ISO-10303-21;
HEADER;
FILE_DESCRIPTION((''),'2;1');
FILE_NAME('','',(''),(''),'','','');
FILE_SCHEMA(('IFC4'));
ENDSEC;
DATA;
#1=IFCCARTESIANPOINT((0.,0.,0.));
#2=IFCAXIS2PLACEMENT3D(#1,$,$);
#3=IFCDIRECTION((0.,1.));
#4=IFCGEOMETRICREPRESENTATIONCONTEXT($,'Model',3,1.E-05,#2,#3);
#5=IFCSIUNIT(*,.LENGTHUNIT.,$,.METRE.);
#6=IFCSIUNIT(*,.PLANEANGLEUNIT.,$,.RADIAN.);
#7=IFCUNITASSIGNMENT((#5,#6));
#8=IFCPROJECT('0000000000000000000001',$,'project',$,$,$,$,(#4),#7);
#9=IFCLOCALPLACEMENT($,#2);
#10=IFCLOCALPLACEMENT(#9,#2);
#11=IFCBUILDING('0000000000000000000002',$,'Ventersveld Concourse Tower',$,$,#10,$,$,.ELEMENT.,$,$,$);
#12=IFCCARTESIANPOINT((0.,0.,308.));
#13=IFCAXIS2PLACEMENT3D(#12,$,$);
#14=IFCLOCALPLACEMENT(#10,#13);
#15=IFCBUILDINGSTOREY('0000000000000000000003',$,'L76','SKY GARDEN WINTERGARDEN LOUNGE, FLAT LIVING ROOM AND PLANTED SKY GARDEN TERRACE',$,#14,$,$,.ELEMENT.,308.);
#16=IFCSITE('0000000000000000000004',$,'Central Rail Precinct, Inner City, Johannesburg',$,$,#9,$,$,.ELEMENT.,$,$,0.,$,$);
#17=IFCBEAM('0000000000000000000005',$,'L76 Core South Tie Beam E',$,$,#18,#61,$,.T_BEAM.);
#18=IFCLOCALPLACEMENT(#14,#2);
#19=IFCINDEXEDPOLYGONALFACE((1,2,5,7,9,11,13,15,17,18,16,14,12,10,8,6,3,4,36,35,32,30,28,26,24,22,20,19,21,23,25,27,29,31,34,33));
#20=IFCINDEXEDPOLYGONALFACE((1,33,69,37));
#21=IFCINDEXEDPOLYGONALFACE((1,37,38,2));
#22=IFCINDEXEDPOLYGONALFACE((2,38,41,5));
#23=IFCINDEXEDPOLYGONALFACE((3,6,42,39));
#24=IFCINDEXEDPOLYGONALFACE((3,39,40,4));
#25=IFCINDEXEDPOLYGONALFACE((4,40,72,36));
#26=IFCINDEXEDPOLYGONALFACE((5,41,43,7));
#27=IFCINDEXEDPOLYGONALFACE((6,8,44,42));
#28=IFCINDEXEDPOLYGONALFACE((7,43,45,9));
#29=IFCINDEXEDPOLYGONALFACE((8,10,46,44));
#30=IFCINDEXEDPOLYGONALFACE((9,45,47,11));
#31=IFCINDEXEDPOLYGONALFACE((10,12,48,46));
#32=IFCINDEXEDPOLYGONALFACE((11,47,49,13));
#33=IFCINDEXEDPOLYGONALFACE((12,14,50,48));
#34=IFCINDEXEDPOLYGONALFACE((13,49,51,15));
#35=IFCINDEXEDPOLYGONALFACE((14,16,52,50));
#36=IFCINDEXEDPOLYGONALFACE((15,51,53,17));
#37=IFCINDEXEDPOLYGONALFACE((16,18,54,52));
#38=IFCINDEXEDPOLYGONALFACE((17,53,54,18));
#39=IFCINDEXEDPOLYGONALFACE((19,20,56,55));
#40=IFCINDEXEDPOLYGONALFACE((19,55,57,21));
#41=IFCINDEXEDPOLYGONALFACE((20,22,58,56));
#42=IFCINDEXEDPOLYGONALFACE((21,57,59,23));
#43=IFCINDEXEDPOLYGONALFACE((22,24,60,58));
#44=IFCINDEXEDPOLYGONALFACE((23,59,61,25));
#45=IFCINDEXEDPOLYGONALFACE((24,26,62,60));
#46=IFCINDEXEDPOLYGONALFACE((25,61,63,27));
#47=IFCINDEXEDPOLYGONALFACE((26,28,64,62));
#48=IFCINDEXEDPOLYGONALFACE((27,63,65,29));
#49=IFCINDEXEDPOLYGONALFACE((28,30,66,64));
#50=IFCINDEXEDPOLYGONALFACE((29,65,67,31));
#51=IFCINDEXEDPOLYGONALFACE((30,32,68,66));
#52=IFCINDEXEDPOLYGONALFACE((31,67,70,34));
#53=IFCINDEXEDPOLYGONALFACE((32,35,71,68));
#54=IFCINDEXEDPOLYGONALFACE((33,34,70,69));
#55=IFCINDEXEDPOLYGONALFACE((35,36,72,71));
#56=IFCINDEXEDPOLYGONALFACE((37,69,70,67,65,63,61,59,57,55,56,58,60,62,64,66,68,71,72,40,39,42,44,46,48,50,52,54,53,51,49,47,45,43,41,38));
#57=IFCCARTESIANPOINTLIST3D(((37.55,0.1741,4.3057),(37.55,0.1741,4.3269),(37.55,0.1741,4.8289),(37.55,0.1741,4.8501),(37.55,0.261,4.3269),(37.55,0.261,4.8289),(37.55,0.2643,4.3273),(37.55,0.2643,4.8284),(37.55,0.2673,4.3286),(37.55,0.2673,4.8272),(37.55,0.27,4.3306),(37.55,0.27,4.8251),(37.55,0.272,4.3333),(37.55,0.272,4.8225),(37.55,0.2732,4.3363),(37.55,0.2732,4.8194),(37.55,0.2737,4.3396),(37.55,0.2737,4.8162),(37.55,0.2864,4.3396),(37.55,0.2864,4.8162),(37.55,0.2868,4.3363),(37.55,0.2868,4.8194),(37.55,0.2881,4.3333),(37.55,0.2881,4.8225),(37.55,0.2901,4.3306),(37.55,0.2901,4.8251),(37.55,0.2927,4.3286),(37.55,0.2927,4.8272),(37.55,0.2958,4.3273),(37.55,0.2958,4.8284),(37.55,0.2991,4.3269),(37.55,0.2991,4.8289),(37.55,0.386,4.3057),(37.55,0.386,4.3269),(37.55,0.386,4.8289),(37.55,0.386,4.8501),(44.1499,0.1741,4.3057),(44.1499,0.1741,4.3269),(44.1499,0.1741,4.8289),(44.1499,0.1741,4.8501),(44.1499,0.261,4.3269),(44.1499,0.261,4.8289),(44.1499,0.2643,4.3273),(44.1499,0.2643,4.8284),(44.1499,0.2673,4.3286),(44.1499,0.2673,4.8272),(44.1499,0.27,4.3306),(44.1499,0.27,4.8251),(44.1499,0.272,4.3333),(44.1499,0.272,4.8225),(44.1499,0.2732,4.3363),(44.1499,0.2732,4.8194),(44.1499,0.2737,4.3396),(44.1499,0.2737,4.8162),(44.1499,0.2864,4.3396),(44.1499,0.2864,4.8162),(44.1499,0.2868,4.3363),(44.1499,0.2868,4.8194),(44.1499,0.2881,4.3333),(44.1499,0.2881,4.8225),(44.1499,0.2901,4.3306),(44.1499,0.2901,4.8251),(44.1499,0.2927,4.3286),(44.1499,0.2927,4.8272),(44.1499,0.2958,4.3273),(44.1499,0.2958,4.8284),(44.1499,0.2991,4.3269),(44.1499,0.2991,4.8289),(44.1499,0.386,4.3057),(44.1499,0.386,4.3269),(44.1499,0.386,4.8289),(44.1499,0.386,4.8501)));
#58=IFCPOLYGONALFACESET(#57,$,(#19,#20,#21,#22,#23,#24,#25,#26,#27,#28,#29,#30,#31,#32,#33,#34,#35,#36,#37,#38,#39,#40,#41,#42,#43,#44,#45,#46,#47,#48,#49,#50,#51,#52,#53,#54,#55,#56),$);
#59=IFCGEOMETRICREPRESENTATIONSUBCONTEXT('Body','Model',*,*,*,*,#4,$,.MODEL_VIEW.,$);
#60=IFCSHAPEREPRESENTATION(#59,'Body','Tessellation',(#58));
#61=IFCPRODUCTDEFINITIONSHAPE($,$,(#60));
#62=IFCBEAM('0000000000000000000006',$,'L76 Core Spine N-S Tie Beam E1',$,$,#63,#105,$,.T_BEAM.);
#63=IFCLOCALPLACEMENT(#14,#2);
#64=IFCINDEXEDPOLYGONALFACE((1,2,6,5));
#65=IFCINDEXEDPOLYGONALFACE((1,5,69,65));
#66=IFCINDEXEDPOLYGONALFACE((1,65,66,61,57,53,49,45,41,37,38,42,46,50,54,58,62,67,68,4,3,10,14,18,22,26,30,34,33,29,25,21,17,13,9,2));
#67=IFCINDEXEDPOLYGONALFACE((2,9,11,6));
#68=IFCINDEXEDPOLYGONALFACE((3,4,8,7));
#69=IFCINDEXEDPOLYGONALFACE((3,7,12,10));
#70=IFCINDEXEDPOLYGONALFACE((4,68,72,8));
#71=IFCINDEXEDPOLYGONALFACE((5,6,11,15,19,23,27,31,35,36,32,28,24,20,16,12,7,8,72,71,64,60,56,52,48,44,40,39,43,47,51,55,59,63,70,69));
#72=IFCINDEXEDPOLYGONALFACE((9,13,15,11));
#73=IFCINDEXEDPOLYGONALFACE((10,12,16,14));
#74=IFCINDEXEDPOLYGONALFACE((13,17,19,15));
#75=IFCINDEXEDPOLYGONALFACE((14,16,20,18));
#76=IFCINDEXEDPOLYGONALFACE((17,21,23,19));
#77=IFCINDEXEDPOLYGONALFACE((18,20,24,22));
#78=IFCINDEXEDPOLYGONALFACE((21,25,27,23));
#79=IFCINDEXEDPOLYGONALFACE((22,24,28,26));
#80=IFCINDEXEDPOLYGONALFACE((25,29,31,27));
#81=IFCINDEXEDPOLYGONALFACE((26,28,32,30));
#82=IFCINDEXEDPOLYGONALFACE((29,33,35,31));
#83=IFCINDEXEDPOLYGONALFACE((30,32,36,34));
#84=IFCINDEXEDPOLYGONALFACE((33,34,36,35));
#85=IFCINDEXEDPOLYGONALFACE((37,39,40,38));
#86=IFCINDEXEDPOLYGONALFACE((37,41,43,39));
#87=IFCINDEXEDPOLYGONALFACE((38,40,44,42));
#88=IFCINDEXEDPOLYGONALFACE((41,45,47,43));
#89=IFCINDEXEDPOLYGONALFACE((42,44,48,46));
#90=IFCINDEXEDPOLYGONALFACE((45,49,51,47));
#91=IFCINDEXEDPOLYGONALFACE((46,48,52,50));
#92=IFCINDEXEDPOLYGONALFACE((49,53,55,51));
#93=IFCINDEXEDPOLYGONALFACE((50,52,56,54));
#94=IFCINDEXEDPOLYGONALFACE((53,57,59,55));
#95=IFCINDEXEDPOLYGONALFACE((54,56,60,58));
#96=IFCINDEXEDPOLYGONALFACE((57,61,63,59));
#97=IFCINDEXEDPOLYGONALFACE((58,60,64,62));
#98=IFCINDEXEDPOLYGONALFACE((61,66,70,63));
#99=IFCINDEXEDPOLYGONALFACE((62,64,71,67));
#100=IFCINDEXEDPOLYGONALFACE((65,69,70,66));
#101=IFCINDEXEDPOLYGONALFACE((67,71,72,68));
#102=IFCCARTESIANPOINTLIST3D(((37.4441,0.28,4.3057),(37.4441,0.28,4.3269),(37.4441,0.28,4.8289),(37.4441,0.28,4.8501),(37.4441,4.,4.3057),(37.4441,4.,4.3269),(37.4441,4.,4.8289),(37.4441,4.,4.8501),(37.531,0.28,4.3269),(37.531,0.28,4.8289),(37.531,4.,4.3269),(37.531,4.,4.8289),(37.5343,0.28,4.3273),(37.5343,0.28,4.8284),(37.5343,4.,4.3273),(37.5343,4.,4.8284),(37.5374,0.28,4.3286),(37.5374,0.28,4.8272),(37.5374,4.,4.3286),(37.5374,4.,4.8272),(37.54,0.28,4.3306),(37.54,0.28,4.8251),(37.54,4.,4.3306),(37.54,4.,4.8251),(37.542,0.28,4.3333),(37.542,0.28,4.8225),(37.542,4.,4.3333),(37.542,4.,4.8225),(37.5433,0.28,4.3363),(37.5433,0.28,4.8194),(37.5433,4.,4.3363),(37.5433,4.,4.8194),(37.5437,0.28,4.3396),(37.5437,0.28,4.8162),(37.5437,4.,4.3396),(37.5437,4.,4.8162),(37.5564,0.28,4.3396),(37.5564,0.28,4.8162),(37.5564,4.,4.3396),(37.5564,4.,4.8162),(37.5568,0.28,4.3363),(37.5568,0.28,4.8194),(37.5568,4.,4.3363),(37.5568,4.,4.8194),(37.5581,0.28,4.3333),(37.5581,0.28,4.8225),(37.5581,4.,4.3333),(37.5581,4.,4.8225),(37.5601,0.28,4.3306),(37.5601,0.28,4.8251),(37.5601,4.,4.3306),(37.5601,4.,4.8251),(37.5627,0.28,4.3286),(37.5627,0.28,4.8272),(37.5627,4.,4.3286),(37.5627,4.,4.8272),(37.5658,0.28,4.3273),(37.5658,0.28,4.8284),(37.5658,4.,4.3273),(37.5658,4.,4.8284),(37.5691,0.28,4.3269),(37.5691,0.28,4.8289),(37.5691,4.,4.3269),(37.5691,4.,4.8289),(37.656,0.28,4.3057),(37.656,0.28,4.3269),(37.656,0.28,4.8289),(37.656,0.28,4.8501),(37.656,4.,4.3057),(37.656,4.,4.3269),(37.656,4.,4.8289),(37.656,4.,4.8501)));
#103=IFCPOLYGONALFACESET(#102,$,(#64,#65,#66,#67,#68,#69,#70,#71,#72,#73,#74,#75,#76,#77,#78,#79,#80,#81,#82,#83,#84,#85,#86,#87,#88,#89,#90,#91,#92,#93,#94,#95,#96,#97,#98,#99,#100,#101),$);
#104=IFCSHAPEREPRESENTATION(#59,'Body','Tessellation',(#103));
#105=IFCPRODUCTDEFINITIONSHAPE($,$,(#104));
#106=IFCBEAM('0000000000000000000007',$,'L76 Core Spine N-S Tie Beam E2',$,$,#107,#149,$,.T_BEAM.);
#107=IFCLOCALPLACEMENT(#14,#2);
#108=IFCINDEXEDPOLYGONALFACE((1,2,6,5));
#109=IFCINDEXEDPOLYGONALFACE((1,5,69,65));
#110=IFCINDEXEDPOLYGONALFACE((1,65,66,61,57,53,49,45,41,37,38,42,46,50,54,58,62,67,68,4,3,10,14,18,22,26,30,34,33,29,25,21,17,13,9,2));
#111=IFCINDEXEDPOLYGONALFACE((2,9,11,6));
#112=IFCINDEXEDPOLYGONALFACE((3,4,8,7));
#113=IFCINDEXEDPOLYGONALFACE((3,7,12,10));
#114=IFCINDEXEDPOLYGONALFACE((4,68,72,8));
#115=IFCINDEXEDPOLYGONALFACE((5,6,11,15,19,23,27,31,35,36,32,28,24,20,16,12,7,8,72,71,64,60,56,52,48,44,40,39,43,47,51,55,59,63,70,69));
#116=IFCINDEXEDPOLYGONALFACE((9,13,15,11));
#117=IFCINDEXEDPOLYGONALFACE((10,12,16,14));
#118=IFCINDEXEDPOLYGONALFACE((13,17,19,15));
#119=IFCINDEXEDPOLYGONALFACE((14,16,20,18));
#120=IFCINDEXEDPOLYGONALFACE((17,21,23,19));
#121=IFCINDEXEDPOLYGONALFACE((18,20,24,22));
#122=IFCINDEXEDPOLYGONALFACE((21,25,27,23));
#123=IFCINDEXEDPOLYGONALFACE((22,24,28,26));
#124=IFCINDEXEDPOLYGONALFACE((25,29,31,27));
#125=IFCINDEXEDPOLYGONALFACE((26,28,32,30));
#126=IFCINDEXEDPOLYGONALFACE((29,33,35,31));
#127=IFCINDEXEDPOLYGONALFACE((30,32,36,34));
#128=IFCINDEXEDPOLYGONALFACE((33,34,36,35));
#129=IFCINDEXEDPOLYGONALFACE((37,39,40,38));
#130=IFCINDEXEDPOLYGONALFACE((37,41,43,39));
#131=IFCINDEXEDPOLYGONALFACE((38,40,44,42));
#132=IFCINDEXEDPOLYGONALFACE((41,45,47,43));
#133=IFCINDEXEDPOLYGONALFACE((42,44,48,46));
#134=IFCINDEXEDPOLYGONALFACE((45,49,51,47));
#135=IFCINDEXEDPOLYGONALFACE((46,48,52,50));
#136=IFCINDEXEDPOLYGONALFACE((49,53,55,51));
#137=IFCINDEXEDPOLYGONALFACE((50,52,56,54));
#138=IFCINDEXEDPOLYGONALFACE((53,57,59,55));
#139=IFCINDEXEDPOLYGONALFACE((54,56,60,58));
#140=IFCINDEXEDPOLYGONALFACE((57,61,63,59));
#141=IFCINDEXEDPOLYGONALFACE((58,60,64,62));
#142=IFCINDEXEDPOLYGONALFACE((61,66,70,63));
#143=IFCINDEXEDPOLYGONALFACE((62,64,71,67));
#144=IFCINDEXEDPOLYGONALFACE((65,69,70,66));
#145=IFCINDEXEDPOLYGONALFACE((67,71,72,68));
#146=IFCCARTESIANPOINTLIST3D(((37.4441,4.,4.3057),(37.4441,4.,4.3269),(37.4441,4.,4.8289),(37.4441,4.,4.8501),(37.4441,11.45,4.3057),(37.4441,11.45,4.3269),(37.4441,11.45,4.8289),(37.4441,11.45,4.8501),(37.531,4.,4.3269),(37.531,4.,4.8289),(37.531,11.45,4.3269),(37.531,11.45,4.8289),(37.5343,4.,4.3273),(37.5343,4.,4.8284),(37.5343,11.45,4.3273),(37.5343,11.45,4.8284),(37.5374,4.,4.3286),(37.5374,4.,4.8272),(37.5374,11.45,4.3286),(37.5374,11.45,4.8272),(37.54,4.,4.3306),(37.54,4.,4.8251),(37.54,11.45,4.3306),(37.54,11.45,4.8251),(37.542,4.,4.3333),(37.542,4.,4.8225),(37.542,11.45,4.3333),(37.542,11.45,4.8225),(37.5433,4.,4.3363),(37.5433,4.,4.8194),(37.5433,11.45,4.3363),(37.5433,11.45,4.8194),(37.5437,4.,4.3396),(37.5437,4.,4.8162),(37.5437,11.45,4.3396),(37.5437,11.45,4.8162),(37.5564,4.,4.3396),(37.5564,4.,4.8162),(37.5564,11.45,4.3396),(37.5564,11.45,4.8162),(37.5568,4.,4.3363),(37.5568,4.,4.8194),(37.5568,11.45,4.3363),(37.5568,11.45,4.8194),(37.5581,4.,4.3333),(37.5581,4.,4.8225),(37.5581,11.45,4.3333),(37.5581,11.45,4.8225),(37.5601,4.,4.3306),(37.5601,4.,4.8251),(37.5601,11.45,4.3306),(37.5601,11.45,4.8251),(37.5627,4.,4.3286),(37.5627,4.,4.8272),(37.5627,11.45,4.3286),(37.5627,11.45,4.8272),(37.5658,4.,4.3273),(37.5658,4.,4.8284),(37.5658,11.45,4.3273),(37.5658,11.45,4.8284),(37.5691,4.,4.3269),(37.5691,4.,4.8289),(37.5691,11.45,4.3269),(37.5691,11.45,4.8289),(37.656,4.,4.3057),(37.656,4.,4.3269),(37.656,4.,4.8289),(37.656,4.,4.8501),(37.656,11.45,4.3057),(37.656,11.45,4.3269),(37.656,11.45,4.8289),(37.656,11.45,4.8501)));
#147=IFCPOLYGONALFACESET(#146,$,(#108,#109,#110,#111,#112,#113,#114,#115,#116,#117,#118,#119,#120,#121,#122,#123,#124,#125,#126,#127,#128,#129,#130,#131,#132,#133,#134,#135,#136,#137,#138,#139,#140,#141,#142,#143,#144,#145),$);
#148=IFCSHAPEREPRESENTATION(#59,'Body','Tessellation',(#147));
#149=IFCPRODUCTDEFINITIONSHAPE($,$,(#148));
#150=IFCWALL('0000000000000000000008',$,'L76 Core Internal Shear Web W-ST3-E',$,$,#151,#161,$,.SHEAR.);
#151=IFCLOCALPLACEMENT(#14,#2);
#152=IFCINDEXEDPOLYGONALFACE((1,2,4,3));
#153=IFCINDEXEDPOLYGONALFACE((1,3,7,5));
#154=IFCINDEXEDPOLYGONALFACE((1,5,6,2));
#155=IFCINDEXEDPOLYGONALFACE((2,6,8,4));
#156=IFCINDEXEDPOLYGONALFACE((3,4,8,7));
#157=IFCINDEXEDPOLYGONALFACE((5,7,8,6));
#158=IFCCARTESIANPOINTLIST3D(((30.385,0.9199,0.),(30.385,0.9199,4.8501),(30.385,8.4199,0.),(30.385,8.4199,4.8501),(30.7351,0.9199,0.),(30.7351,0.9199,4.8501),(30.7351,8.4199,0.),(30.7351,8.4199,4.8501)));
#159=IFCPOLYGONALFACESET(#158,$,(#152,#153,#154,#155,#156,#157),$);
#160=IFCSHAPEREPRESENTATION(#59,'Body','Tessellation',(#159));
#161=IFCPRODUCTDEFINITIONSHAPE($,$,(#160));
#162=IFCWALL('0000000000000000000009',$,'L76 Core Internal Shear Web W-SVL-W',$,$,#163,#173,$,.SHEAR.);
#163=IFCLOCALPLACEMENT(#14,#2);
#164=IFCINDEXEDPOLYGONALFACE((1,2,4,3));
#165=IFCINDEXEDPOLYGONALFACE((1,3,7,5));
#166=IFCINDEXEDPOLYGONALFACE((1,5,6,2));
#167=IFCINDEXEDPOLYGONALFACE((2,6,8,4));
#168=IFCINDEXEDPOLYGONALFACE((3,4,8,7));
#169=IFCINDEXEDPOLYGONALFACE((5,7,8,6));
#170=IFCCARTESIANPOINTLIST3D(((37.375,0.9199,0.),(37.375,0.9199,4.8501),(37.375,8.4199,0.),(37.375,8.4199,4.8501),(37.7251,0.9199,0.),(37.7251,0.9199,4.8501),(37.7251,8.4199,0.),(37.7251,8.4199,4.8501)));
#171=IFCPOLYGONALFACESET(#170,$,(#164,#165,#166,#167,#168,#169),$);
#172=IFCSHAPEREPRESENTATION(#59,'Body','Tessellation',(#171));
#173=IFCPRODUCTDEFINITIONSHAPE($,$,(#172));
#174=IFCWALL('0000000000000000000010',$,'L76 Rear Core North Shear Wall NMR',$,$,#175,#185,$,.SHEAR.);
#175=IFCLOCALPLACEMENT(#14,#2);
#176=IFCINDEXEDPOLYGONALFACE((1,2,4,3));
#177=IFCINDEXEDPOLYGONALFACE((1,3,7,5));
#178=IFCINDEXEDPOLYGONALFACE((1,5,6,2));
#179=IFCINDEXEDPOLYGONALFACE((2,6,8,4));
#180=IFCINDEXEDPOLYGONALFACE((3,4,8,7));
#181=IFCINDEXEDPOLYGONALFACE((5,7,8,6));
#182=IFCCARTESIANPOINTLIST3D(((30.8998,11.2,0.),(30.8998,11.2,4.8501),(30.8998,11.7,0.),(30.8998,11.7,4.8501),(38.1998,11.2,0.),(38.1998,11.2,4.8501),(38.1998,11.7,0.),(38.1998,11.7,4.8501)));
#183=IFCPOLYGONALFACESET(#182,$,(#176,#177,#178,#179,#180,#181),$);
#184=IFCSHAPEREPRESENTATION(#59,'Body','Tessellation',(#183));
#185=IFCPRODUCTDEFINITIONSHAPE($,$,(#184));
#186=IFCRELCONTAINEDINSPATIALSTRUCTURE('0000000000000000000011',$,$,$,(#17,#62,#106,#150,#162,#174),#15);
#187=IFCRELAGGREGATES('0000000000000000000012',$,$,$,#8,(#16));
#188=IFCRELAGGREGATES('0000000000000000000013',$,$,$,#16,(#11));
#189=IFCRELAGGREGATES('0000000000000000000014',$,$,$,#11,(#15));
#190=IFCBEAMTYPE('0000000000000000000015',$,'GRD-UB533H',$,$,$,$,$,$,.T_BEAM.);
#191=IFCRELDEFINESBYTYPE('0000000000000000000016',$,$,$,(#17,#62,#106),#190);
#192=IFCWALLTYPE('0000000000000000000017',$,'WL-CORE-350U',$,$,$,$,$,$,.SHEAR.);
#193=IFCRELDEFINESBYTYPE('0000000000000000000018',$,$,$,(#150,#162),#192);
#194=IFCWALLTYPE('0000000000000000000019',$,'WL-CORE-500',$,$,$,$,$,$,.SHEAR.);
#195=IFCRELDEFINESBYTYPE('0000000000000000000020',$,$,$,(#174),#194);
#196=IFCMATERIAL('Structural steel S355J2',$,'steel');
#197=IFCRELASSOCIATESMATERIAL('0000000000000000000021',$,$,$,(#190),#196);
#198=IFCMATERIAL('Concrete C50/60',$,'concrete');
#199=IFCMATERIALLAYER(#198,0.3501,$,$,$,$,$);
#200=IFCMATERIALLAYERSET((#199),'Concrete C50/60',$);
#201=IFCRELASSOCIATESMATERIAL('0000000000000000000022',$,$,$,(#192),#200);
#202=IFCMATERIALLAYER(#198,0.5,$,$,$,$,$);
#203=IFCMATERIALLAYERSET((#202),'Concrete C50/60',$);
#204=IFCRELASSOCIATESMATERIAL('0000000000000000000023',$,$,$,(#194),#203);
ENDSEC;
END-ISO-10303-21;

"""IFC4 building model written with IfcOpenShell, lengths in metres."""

from ifc_helpers import new_model, si_unit, direction, frame, frame_2d, origin, origin_2d, place, context, subcontext, project, spatial, rectangle, i_section, extrude, material, layer, layer_set, material_profile, profile_set, type_object, element, save


model = new_model("IFC4")

# Units and contexts
model_context = context("Model", 3, precision=1e-05, world=origin(), true_north=direction((0.0, 1.0)))
body_context = subcontext(model_context, "Body", "Model", "MODEL_VIEW")
ifc_project = project(units=[si_unit("LENGTHUNIT", "METRE"), si_unit("PLANEANGLEUNIT", "RADIAN")], contexts=[model_context])

# Site, building, storey
site_placement = place(None, origin())
site = spatial("IfcSite", under=ifc_project, at=site_placement, Name="Central Rail Precinct, Inner City, Johannesburg", CompositionType="ELEMENT", RefElevation=0.0)
building_placement = place(site_placement, origin())
building = spatial("IfcBuilding", under=site, at=building_placement, Name="Ventersveld Concourse Tower", CompositionType="ELEMENT")
storey_placement = place(building_placement, frame((0.0, 0.0, 308.0)))
storey = spatial("IfcBuildingStorey", under=building, at=storey_placement, Name="L76", Description="SKY GARDEN WINTERGARDEN LOUNGE, FLAT LIVING ROOM AND PLANTED SKY GARDEN TERRACE", CompositionType="ELEMENT", Elevation=308.0)

# Shared definitions
ifc_material_1 = material(Name="Concrete C50/60", Category="concrete")

# Beams
ifc_material_2 = material(Name="Structural steel S355J2", Category="steel")
ifc_material_profile_1 = material_profile(ifc_material_2, i_section(OverallWidth=0.2119, OverallDepth=0.5444, WebThickness=0.0127, FlangeThickness=0.0212, FilletRadius=0.0127, at=origin_2d()), Name="UB 533x210x122")
ifc_profile_set_1 = profile_set([ifc_material_profile_1], Name="Structural steel S355J2")
beam_type_1 = type_object("IfcBeamType", Name="GRD-UB533H", PredefinedType="T_BEAM", material=ifc_profile_set_1)
beam_1_placement = place(storey_placement, frame((37.55, 0.28, 4.5779), z_axis=(1.0, 0.0, 0.0), x_axis=(0.0, 1.0, 0.0)))
element("IfcBeam", 1, at=beam_1_placement, inside=storey, type_object=beam_type_1, Name="L76 Core South Tie Beam E", PredefinedType="T_BEAM", context=body_context, shape_type="SweptSolid", body=[
    extrude(i_section(OverallWidth=0.2119, OverallDepth=0.5444, WebThickness=0.0127, FlangeThickness=0.0212, FilletRadius=0.0127, at=origin_2d()), origin(), (0.0, 0.0, 1.0), 6.5999),
])
beam_2_placement = place(storey_placement, frame((37.55, 0.28, 4.5779), z_axis=(0.0, 1.0, 0.0), x_axis=(-1.0, 0.0, 0.0)))
element("IfcBeam", 2, at=beam_2_placement, inside=storey, type_object=beam_type_1, Name="L76 Core Spine N-S Tie Beam E1", PredefinedType="T_BEAM", context=body_context, shape_type="SweptSolid", body=[
    extrude(i_section(OverallWidth=0.2119, OverallDepth=0.5444, WebThickness=0.0127, FlangeThickness=0.0212, FilletRadius=0.0127, at=origin_2d()), origin(), (0.0, 0.0, 1.0), 3.72),
])
beam_3_placement = place(storey_placement, frame((37.55, 4.0, 4.5779), z_axis=(0.0, 1.0, 0.0), x_axis=(-1.0, 0.0, 0.0)))
element("IfcBeam", 3, at=beam_3_placement, inside=storey, type_object=beam_type_1, Name="L76 Core Spine N-S Tie Beam E2", PredefinedType="T_BEAM", context=body_context, shape_type="SweptSolid", body=[
    extrude(i_section(OverallWidth=0.2119, OverallDepth=0.5444, WebThickness=0.0127, FlangeThickness=0.0212, FilletRadius=0.0127, at=origin_2d()), origin(), (0.0, 0.0, 1.0), 7.45),
])

# Walls
ifc_layer_1 = layer(ifc_material_1, 0.3501)
ifc_layer_set_1 = layer_set([ifc_layer_1], Name="Concrete C50/60")
wall_type_1 = type_object("IfcWallType", Name="WL-CORE-350U", PredefinedType="SHEAR", material=ifc_layer_set_1)
for number, where, z_axis, x_axis, name in (
    (4, (30.5601, 0.9199, 0.0), (0.0, 0.0, 1.0), (0.0, 1.0, 0.0), "L76 Core Internal Shear Web W-ST3-E"),
    (5, (37.55, 0.9199, 0.0), (0.0, 0.0, 1.0), (0.0, 1.0, 0.0), "L76 Core Internal Shear Web W-SVL-W"),
):
    element("IfcWall", number, at=place(storey_placement, frame(where, z_axis=z_axis, x_axis=x_axis)), inside=storey, type_object=wall_type_1, Name=name, PredefinedType="SHEAR", context=body_context, shape_type="SweptSolid", body=[
        extrude(rectangle(XDim=7.5, YDim=0.3501, at=frame_2d((3.75, 0.0))), origin(), (0.0, 0.0, 1.0), 4.8501),
    ])
ifc_layer_2 = layer(ifc_material_1, 0.5)
ifc_layer_set_2 = layer_set([ifc_layer_2], Name="Concrete C50/60")
wall_type_2 = type_object("IfcWallType", Name="WL-CORE-500", PredefinedType="SHEAR", material=ifc_layer_set_2)
wall_1_placement = place(storey_placement, frame((30.8999, 11.45, 0.0), z_axis=(0.0, 0.0, 1.0), x_axis=(1.0, 0.0, 0.0)))
element("IfcWall", 6, at=wall_1_placement, inside=storey, type_object=wall_type_2, Name="L76 Rear Core North Shear Wall NMR", PredefinedType="SHEAR", context=body_context, shape_type="SweptSolid", body=[
    extrude(rectangle(XDim=7.3, YDim=0.5, at=frame_2d((3.6499, 0.0))), origin(), (0.0, 0.0, 1.0), 4.8501),
])

save(model, "model.ifc")
